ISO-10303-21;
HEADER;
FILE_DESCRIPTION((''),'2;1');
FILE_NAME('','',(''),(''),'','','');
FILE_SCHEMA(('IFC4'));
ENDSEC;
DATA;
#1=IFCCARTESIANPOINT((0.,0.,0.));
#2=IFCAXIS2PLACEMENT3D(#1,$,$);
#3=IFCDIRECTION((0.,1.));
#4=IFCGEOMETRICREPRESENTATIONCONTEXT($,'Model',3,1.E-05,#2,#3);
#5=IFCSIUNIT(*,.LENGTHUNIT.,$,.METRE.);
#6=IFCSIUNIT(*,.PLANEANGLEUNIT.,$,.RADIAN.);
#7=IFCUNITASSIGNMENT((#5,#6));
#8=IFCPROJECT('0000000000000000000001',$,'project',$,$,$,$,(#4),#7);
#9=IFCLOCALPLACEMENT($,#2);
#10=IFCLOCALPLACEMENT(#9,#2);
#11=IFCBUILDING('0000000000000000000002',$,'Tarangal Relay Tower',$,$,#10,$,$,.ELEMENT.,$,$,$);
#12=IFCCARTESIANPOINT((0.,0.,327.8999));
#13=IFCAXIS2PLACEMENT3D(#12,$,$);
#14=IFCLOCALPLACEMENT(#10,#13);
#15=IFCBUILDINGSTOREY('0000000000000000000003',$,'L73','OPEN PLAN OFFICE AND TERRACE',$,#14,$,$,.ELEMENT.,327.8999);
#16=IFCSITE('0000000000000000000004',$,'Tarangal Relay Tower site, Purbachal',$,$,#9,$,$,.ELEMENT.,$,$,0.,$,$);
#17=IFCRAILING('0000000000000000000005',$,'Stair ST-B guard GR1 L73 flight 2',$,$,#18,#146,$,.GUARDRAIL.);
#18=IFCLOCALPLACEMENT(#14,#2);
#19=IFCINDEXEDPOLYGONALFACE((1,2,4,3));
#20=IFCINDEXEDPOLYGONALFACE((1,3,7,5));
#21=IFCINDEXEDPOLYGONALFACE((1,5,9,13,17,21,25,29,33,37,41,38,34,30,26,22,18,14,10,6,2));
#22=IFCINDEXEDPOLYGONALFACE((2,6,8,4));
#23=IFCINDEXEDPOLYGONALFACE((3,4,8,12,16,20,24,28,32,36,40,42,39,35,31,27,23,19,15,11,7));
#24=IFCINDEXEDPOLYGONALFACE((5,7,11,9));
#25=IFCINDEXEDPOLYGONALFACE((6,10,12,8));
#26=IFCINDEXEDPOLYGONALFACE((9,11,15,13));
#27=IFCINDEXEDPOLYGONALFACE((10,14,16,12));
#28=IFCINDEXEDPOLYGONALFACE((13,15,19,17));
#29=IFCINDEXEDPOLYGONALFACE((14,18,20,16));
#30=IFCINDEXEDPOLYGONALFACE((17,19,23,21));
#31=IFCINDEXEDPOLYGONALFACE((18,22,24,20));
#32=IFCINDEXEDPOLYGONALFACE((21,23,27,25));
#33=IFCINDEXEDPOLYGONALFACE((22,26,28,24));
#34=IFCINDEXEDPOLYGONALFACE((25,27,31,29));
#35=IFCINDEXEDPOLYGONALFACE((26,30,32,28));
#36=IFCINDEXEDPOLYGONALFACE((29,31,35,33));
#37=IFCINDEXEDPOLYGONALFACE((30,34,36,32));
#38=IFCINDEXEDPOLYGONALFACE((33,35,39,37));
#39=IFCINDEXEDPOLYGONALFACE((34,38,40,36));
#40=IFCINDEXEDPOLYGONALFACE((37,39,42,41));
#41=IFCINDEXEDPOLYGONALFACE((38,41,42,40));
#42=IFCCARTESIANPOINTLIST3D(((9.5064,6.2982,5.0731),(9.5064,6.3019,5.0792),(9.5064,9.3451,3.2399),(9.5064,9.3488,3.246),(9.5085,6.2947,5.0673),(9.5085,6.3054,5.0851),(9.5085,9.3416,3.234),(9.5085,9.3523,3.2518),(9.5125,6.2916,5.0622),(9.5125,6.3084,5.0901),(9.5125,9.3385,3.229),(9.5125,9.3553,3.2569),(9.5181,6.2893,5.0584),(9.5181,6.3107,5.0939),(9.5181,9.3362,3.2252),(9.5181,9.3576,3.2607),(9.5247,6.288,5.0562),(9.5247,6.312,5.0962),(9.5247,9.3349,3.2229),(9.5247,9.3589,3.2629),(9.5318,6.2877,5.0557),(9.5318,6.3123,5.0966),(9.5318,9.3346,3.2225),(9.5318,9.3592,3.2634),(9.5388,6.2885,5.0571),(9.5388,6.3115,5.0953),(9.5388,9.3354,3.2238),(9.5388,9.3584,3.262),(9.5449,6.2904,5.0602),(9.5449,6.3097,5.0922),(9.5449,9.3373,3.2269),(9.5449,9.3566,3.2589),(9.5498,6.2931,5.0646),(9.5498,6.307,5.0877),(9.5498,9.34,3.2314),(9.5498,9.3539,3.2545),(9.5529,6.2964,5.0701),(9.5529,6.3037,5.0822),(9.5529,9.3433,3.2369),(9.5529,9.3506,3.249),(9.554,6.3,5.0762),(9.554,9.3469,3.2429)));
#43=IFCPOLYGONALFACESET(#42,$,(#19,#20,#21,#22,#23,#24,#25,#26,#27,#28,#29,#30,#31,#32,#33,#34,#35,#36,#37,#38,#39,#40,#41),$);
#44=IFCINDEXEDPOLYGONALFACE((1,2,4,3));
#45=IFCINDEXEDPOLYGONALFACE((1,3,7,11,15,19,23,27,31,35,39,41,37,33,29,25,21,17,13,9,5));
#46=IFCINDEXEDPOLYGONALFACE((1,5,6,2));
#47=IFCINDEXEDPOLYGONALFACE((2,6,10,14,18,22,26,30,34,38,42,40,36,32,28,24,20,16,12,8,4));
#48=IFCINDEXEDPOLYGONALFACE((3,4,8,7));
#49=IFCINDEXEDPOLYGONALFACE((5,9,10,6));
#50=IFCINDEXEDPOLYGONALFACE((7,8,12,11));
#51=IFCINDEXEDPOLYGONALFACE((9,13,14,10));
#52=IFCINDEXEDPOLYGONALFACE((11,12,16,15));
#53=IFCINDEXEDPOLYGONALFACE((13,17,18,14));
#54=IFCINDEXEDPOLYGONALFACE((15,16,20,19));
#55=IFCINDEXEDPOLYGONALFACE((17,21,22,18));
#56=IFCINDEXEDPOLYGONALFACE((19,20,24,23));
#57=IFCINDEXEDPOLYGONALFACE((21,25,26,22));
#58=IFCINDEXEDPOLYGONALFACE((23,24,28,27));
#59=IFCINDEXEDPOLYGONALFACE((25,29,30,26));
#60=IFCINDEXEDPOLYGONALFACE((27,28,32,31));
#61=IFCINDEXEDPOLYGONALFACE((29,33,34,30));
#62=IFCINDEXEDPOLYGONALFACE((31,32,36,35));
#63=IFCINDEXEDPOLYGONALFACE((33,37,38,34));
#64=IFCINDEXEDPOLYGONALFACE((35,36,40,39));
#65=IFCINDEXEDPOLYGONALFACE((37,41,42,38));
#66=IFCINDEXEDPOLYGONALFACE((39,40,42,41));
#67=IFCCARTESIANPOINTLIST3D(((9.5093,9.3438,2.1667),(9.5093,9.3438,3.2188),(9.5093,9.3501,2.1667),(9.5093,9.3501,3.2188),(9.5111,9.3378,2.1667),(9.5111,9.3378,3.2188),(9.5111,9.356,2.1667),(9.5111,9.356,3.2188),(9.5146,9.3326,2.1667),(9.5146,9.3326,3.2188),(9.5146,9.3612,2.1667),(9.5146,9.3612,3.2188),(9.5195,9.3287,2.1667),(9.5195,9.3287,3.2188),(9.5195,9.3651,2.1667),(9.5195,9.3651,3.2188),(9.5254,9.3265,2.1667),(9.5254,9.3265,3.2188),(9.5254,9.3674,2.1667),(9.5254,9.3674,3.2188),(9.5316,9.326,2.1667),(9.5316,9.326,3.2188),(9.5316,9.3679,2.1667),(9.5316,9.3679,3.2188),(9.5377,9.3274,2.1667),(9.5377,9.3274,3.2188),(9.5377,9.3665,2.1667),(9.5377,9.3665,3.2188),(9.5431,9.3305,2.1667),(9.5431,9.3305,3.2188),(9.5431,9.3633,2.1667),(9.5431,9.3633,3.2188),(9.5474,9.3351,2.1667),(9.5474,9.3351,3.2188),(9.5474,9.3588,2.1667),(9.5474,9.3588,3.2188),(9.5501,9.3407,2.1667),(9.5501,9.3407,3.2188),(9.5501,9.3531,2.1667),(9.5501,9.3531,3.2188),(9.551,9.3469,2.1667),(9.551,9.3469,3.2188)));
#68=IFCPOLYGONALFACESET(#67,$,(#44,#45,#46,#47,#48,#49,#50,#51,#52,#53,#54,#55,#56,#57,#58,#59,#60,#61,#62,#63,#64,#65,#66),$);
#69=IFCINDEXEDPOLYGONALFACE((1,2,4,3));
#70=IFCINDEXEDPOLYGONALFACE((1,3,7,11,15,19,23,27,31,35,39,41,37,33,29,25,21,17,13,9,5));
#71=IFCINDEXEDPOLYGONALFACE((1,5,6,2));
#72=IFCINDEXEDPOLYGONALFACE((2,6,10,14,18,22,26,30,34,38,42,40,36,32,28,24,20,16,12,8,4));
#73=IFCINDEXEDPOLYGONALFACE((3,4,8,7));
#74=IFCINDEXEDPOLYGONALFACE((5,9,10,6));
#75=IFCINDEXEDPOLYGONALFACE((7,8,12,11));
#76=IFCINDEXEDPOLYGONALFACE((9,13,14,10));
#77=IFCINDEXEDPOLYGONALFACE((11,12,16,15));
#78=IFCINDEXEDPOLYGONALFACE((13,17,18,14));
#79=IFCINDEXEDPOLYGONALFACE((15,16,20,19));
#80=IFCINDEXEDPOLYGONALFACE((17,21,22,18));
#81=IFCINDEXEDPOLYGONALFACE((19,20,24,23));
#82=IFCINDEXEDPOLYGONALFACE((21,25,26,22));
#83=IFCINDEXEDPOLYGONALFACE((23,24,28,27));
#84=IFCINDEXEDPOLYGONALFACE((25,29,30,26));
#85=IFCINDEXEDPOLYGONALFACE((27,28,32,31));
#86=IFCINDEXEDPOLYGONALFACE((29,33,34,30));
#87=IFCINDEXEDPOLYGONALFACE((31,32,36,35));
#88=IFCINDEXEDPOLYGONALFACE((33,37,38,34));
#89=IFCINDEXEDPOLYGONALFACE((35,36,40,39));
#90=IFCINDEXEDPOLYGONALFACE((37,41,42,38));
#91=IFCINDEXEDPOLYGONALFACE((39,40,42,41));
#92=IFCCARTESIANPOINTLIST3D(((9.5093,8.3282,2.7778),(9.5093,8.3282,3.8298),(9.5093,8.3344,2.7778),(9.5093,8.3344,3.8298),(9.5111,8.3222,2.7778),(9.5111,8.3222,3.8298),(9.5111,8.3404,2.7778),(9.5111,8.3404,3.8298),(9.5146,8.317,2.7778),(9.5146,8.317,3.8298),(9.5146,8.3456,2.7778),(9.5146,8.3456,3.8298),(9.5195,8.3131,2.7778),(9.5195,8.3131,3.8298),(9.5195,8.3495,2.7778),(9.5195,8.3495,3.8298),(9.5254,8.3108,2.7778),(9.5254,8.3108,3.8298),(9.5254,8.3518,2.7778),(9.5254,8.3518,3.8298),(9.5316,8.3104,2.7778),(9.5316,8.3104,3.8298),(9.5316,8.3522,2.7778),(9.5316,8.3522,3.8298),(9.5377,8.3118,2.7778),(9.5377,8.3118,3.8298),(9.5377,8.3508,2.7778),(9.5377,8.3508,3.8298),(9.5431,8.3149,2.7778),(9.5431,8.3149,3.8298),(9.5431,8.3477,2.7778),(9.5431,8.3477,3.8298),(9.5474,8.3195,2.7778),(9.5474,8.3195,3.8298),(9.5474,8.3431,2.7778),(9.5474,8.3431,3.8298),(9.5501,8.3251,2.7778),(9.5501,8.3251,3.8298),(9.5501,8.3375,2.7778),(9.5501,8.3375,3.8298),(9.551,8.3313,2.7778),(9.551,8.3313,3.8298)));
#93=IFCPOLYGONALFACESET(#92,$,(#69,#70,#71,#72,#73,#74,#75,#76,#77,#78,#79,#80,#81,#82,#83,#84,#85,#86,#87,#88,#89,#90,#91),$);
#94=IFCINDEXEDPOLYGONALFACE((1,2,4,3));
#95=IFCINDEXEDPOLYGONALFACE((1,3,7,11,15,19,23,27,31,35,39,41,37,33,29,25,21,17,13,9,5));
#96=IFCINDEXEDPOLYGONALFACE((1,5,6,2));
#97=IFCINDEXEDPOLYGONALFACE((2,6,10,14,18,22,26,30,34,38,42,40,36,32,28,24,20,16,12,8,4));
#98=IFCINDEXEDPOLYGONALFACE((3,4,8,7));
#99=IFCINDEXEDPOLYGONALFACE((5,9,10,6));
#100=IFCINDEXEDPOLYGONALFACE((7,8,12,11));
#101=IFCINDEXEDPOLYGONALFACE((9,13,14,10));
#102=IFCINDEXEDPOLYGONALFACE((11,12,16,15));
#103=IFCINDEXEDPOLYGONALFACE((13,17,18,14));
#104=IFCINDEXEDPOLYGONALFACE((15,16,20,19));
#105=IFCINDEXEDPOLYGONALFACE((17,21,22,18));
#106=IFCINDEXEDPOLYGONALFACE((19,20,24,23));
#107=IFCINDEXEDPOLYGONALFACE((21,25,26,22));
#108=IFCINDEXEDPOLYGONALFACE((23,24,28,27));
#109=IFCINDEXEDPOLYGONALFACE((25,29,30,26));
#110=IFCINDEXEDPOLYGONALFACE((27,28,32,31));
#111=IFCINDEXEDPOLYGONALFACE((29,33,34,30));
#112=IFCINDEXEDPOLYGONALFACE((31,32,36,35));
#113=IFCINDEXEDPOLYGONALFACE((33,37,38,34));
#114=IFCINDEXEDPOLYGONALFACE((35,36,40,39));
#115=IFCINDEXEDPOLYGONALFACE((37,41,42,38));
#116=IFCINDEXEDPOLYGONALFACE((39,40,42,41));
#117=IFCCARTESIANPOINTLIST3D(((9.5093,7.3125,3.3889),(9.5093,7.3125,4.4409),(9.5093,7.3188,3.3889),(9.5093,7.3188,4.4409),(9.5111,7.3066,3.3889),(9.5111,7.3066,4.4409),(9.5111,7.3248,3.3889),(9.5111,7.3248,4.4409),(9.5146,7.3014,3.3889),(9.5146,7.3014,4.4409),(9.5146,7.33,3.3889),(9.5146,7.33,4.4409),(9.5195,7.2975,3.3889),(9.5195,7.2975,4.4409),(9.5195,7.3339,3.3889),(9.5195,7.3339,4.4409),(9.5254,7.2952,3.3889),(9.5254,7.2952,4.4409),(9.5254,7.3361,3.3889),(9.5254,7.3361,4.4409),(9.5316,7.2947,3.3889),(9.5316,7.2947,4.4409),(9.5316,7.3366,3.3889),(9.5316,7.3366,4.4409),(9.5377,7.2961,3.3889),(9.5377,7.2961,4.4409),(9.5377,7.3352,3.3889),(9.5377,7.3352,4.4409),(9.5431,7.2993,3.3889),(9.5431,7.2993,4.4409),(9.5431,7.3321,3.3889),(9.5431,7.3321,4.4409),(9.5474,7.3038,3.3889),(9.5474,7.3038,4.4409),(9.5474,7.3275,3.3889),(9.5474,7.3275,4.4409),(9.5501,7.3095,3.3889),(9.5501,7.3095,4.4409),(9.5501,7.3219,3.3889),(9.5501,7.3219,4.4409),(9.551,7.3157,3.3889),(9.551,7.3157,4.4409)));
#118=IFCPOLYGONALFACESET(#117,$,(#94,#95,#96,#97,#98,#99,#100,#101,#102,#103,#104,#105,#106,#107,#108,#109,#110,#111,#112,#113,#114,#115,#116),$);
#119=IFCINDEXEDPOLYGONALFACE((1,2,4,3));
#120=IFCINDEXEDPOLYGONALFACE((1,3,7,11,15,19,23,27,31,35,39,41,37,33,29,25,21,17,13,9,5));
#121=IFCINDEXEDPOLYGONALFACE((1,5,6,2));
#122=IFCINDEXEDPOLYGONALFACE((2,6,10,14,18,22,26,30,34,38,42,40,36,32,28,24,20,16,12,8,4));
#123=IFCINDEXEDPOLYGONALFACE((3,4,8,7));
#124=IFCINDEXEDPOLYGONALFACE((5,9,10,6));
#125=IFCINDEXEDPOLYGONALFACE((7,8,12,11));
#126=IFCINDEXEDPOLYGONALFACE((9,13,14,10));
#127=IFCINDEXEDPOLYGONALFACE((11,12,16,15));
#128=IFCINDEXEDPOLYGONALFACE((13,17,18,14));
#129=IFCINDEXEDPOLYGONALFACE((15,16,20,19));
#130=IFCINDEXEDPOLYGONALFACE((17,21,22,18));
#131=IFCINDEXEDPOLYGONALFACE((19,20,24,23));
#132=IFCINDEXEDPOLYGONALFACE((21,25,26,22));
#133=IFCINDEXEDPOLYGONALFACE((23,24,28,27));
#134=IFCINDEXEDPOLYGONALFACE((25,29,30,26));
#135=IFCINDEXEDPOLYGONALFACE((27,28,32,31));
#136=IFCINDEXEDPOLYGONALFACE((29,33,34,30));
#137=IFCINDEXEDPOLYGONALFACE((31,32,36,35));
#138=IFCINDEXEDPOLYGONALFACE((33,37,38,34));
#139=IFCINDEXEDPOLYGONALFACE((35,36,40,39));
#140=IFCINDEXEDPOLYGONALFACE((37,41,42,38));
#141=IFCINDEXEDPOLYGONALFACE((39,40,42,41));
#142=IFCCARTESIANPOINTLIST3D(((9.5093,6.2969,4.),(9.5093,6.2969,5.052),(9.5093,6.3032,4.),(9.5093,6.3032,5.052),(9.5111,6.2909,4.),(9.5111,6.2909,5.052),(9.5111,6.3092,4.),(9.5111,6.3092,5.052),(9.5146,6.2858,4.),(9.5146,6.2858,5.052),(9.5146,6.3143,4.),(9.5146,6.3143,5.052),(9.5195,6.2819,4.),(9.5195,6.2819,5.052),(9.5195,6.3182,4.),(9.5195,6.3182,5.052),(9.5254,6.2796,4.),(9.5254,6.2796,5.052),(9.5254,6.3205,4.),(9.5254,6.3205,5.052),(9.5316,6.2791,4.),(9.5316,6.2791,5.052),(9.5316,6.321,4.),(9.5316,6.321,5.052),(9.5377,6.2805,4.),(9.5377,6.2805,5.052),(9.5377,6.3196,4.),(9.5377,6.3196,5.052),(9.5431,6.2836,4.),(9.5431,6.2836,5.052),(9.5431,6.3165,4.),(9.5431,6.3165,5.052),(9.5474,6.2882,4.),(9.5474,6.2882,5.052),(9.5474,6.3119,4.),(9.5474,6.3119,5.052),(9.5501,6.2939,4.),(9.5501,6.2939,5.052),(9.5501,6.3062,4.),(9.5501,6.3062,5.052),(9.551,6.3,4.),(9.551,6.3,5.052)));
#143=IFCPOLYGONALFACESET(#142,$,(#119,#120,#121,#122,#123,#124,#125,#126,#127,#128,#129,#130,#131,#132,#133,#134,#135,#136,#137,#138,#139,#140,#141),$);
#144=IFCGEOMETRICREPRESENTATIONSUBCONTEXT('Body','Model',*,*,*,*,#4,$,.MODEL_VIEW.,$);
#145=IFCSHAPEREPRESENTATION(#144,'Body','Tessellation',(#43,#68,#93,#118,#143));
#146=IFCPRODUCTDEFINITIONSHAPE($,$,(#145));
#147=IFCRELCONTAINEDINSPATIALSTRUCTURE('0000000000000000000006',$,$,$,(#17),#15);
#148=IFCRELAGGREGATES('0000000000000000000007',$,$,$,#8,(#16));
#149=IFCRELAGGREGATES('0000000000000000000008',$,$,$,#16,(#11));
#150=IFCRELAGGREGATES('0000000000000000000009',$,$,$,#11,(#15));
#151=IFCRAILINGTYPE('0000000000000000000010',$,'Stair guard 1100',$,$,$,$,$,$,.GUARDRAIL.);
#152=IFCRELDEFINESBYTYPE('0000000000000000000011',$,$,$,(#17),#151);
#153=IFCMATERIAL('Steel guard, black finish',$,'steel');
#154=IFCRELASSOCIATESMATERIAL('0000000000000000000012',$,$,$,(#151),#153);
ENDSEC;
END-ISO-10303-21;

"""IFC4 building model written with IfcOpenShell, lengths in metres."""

from ifc_helpers import new_model, si_unit, direction, frame, origin, origin_2d, place, context, subcontext, project, spatial, circle, extrude, material, type_object, element, save


model = new_model("IFC4")

# Units and contexts
model_context = context("Model", 3, precision=1e-05, world=origin(), true_north=direction((0.0, 1.0)))
body_context = subcontext(model_context, "Body", "Model", "MODEL_VIEW")
ifc_project = project(units=[si_unit("LENGTHUNIT", "METRE"), si_unit("PLANEANGLEUNIT", "RADIAN")], contexts=[model_context])

# Site, building, storey
site_placement = place(None, origin())
site = spatial("IfcSite", under=ifc_project, at=site_placement, Name="Tarangal Relay Tower site, Purbachal", CompositionType="ELEMENT", RefElevation=0.0)
building_placement = place(site_placement, origin())
building = spatial("IfcBuilding", under=site, at=building_placement, Name="Tarangal Relay Tower", CompositionType="ELEMENT")
storey_placement = place(building_placement, frame((0.0, 0.0, 327.8999)))
storey = spatial("IfcBuildingStorey", under=building, at=storey_placement, Name="L73", Description="OPEN PLAN OFFICE AND TERRACE", CompositionType="ELEMENT", Elevation=327.8999)

# Railing
ifc_material_1 = material(Name="Steel guard, black finish", Category="steel")
railing_type_1 = type_object("IfcRailingType", Name="Stair guard 1100", PredefinedType="GUARDRAIL", material=ifc_material_1)
railing_1_placement = place(storey_placement, frame((9.53, 9.3469, 2.1667)))
element("IfcRailing", 1, at=railing_1_placement, inside=storey, type_object=railing_type_1, Name="Stair ST-B guard GR1 L73 flight 2", PredefinedType="GUARDRAIL", context=body_context, shape_type="SweptSolid", body=[
    extrude(circle(Radius=0.0239, at=origin_2d()), frame((0.0, 0.0, 1.0762), z_axis=(0.0, -0.856856, 0.515556), x_axis=(1.0, 0.0, 0.0)), (0.0, 0.0, 1.0), 3.5559),
    extrude(circle(Radius=0.021, at=origin_2d()), origin(), (0.0, 0.0, 1.0), 1.052),
    extrude(circle(Radius=0.021, at=origin_2d()), frame((0.0, -1.0156, 0.6111)), (0.0, 0.0, 1.0), 1.052),
    extrude(circle(Radius=0.021, at=origin_2d()), frame((0.0, -2.0312, 1.2222)), (0.0, 0.0, 1.0), 1.052),
    extrude(circle(Radius=0.021, at=origin_2d()), frame((0.0, -3.0469, 1.8333)), (0.0, 0.0, 1.0), 1.052),
])

save(model, "model.ifc")
